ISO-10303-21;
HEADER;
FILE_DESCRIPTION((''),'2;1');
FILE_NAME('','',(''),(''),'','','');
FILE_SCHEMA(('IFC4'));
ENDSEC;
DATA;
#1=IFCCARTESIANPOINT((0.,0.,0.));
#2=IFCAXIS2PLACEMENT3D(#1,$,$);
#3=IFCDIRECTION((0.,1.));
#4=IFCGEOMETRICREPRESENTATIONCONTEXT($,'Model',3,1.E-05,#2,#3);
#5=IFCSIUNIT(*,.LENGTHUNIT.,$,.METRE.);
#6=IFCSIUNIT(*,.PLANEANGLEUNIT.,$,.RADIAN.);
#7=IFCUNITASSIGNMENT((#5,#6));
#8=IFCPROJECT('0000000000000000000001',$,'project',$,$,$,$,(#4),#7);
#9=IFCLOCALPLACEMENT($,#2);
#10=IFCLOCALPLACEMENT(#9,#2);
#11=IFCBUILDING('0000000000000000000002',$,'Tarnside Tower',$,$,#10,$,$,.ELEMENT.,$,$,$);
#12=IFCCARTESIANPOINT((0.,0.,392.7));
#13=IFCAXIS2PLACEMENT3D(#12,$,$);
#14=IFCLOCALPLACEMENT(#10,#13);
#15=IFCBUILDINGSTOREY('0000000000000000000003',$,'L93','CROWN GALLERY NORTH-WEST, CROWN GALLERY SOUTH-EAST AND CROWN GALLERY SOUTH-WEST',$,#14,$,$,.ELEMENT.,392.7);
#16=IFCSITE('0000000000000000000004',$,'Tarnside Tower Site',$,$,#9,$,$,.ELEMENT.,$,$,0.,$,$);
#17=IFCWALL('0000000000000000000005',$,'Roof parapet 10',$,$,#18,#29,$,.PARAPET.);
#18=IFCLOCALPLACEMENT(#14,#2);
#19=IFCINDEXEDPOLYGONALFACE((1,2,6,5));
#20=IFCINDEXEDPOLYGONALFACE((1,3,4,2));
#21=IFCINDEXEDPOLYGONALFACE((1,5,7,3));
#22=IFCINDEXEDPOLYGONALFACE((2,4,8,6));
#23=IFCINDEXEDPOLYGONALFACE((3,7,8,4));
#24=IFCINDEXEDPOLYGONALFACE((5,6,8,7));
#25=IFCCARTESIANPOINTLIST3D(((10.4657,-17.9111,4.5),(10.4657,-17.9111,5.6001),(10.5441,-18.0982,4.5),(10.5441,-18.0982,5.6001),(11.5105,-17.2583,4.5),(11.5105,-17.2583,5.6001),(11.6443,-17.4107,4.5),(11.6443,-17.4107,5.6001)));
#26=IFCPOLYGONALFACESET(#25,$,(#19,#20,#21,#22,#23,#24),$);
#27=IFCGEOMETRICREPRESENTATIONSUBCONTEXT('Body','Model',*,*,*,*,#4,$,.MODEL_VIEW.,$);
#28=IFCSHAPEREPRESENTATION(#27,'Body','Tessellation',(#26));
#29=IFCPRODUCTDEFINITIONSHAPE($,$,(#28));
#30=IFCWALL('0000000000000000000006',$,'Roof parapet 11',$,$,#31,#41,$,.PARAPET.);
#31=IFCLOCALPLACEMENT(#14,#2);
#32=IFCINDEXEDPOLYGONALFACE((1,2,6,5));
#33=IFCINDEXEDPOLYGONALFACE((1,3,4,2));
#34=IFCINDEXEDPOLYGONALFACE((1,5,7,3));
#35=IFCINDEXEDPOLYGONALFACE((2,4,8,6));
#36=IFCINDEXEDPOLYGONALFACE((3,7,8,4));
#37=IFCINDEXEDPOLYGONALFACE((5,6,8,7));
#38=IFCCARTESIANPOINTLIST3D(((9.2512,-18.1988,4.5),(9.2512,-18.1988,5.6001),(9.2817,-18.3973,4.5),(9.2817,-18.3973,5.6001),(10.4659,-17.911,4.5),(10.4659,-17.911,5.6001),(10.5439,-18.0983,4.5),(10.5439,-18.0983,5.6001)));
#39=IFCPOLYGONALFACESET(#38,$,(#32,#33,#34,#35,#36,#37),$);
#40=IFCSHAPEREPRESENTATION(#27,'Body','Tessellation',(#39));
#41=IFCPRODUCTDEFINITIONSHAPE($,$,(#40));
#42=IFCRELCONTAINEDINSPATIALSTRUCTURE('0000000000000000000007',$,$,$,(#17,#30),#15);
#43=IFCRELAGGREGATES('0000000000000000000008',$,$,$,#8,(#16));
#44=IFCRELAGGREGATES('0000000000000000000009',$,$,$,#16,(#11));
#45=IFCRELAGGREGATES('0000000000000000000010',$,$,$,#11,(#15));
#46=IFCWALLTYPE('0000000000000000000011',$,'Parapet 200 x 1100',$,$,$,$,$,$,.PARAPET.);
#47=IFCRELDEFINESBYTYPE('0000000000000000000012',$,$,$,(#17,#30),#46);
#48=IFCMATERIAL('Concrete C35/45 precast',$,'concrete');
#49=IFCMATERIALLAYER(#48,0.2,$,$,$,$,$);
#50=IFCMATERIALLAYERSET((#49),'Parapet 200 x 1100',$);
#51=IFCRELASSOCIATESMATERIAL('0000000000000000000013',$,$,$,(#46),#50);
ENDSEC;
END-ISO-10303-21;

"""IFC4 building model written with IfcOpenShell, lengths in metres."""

from ifc_helpers import new_model, si_unit, direction, frame, origin, place, context, subcontext, project, spatial, polyline, outline, extrude, material, layer, layer_set, type_object, element, save


model = new_model("IFC4")

# Units and contexts
model_context = context("Model", 3, precision=1e-05, world=origin(), true_north=direction((0.0, 1.0)))
body_context = subcontext(model_context, "Body", "Model", "MODEL_VIEW")
ifc_project = project(units=[si_unit("LENGTHUNIT", "METRE"), si_unit("PLANEANGLEUNIT", "RADIAN")], contexts=[model_context])

# Site, building, storey
site_placement = place(None, origin())
site = spatial("IfcSite", under=ifc_project, at=site_placement, Name="Tarnside Tower Site", CompositionType="ELEMENT", RefElevation=0.0)
building_placement = place(site_placement, origin())
building = spatial("IfcBuilding", under=site, at=building_placement, Name="Tarnside Tower", CompositionType="ELEMENT")
storey_placement = place(building_placement, frame((0.0, 0.0, 392.7)))
storey = spatial("IfcBuildingStorey", under=building, at=storey_placement, Name="L93", Description="CROWN GALLERY NORTH-WEST, CROWN GALLERY SOUTH-EAST AND CROWN GALLERY SOUTH-WEST", CompositionType="ELEMENT", Elevation=392.7)

# Walls
ifc_material_1 = material(Name="Concrete C35/45 precast", Category="concrete")
ifc_layer_1 = layer(ifc_material_1, 0.2)
ifc_layer_set_1 = layer_set([ifc_layer_1], Name="Parapet 200 x 1100")
wall_type = type_object("IfcWallType", Name="Parapet 200 x 1100", PredefinedType="PARAPET", material=ifc_layer_set_1)
wall_1_placement = place(storey_placement, frame((11.5774, -17.3345, 4.5), z_axis=(0.0, 0.0, 1.0), x_axis=(-0.848053, -0.529912, 0.0)))
element("IfcWall", 1, at=wall_1_placement, inside=storey, type_object=wall_type, Name="Roof parapet 10", PredefinedType="PARAPET", context=body_context, shape_type="SweptSolid", body=[
    extrude(outline(polyline([(0.0164, -0.1001), (1.2483, -0.1001), (1.281, 0.1001), (-0.0164, 0.1001), (0.0164, -0.1001)])), origin(), (0.0, 0.0, 1.0), 1.1001),
])
wall_2_placement = place(storey_placement, frame((10.5049, -18.0046, 4.5), z_axis=(0.0, 0.0, 1.0), x_axis=(-0.973059, -0.230557, 0.0)))
element("IfcWall", 2, at=wall_2_placement, inside=storey, type_object=wall_type, Name="Roof parapet 11", PredefinedType="PARAPET", context=body_context, shape_type="SweptSolid", body=[
    extrude(outline(polyline([(0.0164, -0.1001), (1.2646, -0.1001), (1.2808, 0.1001), (-0.0164, 0.1001), (0.0164, -0.1001)])), origin(), (0.0, 0.0, 1.0), 1.1001),
])

save(model, "model.ifc")
